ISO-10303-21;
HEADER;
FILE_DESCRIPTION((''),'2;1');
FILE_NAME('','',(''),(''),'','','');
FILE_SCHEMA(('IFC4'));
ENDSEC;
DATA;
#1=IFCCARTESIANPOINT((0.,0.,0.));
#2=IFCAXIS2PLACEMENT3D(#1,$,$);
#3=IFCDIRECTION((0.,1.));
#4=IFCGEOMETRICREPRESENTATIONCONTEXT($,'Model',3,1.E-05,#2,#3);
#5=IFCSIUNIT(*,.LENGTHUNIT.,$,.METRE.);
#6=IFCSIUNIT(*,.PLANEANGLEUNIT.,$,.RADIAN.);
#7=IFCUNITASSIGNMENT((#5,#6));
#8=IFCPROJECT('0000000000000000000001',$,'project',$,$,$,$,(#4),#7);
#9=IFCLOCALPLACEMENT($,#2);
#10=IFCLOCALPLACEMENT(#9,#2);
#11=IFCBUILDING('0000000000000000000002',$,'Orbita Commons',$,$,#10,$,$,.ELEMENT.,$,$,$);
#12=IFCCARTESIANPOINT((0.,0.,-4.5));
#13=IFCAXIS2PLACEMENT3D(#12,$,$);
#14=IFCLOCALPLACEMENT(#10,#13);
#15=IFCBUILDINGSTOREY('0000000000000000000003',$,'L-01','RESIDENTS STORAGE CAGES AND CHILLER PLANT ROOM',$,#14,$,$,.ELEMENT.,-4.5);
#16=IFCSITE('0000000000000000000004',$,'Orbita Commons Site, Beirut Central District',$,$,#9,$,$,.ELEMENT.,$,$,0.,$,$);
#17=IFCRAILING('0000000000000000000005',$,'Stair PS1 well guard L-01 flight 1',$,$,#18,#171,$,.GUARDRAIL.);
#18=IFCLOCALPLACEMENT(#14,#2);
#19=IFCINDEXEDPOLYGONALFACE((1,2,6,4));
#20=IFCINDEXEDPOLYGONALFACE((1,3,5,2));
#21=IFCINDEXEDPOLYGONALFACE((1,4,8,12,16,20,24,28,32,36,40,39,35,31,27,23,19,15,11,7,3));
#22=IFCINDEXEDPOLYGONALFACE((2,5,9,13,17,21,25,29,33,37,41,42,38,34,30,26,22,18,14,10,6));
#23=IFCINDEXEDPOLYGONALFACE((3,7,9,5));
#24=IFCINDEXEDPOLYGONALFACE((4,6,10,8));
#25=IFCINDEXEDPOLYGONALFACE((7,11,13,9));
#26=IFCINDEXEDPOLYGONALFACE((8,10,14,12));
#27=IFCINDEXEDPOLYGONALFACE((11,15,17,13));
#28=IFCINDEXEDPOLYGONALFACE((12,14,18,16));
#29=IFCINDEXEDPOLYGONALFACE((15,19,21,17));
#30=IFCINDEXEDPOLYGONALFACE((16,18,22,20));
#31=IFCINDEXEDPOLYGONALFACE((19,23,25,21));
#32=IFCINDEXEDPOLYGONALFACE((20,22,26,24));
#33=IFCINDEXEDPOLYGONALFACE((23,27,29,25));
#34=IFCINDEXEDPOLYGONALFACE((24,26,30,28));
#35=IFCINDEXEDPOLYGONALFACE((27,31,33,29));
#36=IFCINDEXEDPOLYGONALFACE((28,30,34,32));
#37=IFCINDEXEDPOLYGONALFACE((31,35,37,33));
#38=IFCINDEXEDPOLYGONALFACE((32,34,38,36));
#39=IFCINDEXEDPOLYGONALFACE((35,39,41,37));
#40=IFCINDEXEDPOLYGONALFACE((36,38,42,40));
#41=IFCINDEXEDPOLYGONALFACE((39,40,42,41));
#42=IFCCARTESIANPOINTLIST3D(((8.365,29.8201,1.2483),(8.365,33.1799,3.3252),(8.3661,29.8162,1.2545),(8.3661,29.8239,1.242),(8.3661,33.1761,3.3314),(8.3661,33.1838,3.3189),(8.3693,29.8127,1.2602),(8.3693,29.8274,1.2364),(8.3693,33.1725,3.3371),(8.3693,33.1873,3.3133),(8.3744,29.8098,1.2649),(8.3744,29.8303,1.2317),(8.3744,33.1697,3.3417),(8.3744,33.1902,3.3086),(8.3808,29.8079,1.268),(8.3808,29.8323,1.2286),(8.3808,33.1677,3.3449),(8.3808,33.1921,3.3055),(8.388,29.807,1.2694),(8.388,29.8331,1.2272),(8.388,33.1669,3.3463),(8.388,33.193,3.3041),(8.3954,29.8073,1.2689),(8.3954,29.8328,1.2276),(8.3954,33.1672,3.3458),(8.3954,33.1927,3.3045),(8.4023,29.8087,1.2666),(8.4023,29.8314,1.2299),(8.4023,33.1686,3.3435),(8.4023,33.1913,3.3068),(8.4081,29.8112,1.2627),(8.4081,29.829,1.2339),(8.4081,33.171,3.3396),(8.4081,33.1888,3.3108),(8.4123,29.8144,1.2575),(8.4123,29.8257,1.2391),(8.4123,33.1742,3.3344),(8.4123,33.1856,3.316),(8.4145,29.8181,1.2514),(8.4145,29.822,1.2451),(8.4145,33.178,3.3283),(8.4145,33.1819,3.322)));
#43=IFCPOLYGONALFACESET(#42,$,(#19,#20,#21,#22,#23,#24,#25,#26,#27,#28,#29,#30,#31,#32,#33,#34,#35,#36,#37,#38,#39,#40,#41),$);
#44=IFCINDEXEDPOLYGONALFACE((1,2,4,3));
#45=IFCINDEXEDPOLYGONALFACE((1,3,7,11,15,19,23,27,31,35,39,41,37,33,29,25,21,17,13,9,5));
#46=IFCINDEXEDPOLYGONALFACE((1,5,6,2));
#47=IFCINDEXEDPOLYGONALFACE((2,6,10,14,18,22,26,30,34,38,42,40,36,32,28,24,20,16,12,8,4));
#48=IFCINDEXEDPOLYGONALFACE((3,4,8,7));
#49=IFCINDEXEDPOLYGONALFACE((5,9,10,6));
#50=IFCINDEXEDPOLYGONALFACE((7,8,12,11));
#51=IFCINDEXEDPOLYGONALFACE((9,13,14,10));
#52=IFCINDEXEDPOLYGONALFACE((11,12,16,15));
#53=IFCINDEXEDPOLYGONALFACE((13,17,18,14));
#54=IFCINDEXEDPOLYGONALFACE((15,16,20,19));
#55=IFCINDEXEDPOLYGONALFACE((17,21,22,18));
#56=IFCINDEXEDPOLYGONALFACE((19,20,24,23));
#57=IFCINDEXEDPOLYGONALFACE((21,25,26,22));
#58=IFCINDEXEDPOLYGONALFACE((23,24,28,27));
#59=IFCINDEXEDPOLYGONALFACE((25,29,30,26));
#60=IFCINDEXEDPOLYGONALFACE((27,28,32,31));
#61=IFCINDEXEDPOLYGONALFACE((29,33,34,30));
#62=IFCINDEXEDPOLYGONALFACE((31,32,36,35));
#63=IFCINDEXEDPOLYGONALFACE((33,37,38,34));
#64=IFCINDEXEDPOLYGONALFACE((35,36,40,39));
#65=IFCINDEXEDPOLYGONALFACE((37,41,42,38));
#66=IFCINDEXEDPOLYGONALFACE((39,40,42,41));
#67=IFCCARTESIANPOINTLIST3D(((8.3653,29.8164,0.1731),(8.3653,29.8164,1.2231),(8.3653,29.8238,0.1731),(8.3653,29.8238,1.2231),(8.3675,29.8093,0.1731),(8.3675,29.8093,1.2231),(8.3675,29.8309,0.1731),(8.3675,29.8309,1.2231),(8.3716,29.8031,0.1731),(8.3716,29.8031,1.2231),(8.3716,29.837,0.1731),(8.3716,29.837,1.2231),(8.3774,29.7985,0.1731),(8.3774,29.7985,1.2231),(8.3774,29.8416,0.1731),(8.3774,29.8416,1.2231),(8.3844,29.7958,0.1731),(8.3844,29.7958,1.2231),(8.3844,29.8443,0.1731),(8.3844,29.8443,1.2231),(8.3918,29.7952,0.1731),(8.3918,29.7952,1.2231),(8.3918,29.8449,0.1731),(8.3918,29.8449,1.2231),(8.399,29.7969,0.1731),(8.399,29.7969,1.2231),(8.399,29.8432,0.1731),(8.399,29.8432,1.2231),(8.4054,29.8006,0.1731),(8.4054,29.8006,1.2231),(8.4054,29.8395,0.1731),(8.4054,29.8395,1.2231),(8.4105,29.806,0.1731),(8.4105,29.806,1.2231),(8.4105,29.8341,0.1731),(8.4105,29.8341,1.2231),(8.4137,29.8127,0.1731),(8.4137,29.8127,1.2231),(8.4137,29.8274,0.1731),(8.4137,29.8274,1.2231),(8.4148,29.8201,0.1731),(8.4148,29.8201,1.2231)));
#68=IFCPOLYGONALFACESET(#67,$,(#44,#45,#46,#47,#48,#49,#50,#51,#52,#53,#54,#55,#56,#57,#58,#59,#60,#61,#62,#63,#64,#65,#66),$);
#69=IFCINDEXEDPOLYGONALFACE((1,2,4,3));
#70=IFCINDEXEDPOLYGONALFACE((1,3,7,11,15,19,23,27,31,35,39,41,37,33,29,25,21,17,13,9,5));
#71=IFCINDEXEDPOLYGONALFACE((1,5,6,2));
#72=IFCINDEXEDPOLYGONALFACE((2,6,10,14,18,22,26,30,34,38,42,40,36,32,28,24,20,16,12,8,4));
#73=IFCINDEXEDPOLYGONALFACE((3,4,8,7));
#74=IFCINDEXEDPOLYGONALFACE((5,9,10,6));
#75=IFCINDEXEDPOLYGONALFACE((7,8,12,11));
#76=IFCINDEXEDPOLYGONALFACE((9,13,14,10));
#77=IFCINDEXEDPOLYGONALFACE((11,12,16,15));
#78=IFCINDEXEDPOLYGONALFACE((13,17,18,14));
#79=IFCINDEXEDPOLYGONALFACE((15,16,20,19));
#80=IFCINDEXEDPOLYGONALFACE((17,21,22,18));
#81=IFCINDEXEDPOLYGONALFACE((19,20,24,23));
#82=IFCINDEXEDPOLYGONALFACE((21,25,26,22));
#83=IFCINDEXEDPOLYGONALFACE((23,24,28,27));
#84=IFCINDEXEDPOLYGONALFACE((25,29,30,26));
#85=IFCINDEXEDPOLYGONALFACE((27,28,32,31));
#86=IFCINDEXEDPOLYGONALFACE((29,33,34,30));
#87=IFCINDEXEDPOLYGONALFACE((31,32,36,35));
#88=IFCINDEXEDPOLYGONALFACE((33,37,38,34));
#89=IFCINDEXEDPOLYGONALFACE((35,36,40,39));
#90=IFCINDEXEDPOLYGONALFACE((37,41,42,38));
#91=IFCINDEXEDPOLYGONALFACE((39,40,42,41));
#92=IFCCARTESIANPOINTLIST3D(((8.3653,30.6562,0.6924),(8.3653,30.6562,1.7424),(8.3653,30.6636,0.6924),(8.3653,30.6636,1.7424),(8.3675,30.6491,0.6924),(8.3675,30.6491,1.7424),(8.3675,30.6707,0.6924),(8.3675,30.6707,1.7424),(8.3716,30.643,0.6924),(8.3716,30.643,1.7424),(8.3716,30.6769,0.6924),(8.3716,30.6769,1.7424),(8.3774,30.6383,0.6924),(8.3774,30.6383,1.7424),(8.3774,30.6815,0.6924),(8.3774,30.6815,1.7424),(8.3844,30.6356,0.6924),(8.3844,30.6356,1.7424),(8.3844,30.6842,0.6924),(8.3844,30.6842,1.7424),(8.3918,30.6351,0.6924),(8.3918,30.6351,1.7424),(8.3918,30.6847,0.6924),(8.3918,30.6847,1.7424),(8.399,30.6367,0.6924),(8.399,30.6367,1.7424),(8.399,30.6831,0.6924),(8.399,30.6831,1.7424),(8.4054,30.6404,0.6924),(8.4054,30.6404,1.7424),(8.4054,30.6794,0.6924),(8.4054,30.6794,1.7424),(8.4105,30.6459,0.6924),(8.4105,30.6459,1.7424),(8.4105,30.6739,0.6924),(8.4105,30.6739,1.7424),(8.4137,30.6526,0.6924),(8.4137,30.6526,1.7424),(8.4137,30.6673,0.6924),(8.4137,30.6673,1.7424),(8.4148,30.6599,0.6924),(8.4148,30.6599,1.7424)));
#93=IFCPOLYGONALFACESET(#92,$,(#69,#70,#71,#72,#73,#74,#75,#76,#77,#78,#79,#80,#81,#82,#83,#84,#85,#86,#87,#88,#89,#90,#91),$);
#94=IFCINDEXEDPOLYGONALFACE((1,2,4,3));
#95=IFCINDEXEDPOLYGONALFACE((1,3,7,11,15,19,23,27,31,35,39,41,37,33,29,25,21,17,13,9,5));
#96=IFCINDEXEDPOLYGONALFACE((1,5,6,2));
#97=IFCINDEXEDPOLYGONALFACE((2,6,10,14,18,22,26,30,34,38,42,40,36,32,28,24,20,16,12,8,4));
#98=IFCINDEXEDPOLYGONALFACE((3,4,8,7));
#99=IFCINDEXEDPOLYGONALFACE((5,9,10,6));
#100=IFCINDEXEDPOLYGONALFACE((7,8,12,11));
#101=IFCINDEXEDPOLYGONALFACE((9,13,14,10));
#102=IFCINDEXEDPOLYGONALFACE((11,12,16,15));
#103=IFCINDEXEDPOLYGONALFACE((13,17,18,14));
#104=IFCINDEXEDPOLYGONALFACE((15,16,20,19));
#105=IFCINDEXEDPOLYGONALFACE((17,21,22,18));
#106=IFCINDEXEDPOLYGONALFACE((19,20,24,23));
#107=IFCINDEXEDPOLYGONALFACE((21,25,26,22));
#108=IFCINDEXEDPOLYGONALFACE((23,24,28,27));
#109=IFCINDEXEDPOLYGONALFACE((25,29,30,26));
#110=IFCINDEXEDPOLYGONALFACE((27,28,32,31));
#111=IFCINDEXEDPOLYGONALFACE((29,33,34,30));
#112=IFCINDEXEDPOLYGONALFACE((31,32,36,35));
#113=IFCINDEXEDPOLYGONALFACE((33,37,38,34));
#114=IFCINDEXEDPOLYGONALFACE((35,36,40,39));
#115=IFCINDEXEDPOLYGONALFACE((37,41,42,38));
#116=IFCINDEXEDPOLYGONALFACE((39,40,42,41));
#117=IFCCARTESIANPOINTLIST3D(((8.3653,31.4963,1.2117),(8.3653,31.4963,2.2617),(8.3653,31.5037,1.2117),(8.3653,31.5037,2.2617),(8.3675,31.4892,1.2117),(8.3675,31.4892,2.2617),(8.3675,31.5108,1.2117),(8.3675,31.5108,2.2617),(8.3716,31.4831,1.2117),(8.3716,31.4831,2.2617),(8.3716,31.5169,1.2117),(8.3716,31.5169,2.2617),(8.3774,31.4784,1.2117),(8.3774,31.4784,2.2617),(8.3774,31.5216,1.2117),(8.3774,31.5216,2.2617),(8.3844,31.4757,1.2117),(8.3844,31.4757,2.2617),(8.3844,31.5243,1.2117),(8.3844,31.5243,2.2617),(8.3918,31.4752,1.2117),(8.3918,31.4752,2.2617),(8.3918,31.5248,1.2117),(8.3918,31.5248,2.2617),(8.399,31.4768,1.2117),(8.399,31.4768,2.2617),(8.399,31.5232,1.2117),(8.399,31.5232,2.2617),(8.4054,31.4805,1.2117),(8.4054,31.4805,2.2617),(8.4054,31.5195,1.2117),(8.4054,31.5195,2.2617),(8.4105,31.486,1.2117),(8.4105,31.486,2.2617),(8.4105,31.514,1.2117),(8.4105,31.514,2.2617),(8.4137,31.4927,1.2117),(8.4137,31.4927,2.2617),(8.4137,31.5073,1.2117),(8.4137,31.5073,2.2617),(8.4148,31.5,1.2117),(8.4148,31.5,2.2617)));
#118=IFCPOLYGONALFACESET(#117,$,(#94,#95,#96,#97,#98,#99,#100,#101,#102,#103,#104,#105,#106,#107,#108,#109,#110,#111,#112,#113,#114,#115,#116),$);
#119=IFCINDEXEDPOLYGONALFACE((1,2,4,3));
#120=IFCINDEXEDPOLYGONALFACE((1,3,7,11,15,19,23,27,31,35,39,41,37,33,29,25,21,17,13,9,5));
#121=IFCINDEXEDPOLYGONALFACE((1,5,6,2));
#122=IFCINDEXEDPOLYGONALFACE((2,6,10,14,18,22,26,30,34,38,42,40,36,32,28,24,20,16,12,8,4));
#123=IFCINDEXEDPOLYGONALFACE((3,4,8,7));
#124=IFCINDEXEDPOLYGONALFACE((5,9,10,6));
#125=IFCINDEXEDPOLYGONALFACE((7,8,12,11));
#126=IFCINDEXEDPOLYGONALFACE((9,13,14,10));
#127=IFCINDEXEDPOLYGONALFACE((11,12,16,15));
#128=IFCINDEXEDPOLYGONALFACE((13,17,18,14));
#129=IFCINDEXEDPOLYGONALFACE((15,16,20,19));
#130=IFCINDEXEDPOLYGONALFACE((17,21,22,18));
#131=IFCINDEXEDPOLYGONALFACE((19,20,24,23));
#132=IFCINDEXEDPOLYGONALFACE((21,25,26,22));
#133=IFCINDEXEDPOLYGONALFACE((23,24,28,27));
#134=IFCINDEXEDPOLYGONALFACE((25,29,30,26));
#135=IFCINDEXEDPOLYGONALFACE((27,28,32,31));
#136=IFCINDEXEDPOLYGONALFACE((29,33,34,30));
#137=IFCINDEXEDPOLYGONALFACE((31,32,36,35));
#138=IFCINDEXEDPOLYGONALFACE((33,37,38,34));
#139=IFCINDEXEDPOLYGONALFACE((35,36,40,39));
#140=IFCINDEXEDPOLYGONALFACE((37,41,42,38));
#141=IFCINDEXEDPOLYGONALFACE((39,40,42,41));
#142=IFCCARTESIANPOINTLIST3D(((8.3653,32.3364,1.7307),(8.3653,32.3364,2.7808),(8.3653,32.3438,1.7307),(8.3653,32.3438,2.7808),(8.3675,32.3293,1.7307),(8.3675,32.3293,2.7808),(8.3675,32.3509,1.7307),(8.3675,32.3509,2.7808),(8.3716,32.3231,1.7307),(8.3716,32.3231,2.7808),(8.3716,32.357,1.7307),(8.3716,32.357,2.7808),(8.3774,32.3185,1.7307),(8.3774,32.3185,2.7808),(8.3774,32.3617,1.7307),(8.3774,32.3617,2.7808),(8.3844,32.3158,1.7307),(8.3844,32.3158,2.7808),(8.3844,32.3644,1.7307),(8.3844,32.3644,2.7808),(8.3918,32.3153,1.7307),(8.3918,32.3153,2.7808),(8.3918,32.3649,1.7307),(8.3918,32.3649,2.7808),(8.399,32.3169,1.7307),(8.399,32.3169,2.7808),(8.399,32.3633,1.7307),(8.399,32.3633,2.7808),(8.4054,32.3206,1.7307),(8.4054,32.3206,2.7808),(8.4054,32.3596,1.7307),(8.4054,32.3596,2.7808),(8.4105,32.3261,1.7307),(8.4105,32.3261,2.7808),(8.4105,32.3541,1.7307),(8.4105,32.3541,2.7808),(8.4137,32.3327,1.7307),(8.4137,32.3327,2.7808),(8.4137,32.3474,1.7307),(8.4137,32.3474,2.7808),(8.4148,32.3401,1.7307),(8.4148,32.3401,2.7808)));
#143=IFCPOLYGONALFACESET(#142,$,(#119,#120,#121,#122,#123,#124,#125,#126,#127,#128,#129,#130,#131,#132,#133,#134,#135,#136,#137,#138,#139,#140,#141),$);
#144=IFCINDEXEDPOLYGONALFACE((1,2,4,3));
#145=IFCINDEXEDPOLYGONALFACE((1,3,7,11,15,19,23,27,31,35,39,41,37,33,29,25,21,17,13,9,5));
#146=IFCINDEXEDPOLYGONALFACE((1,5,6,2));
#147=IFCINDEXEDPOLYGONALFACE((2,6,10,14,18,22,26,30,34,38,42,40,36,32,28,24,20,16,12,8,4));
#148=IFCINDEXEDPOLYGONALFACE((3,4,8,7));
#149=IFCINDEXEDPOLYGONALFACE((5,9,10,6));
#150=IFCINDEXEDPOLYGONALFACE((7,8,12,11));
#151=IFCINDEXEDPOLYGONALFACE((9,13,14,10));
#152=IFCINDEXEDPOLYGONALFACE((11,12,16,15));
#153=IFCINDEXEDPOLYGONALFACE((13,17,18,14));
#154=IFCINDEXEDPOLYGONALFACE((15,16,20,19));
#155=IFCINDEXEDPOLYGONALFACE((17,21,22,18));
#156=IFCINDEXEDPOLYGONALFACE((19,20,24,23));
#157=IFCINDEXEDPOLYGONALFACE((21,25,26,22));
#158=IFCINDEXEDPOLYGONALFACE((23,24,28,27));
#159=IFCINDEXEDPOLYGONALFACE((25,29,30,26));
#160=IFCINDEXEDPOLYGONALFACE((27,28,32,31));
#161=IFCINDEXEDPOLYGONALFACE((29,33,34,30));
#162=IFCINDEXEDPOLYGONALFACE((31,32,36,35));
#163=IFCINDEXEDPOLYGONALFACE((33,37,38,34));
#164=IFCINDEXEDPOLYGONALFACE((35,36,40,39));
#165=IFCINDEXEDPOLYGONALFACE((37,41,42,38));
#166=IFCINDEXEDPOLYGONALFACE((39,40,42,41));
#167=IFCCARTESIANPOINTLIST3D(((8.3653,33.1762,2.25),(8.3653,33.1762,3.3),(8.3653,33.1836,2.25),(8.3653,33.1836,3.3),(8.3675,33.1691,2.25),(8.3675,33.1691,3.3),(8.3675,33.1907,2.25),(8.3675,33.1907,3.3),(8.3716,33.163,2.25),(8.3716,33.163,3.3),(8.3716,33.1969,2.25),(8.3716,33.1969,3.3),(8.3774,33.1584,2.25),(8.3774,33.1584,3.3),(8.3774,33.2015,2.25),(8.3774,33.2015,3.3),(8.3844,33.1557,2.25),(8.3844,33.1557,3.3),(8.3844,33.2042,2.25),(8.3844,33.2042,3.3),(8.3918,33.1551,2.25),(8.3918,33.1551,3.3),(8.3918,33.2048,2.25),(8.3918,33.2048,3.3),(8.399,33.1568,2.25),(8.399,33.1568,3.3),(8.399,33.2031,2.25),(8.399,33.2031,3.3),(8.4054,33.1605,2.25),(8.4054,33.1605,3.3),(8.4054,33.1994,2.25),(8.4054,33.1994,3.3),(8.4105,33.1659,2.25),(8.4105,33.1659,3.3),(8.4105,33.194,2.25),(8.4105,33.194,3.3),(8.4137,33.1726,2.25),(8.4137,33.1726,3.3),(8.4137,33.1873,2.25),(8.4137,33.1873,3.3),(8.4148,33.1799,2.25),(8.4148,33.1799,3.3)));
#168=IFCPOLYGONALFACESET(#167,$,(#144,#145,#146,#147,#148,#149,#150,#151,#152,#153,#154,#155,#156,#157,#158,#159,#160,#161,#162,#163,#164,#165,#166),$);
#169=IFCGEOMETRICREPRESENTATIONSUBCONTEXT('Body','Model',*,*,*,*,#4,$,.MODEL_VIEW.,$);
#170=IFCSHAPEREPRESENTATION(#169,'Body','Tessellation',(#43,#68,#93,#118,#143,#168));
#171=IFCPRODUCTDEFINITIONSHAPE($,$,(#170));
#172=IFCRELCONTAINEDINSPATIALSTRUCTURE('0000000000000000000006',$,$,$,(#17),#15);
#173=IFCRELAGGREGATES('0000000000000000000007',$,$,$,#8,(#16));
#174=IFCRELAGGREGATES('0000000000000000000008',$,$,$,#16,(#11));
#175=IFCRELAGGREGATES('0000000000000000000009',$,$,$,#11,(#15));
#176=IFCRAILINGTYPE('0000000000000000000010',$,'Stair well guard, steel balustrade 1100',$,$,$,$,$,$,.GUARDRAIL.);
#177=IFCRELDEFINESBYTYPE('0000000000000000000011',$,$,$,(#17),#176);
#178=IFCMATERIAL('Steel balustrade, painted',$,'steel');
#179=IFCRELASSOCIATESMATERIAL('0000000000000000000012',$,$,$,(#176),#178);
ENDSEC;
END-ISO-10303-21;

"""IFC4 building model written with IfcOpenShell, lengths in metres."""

from ifc_helpers import new_model, si_unit, direction, frame, origin, origin_2d, place, context, subcontext, project, spatial, circle, extrude, material, type_object, element, save


model = new_model("IFC4")

# Units and contexts
model_context = context("Model", 3, precision=1e-05, world=origin(), true_north=direction((0.0, 1.0)))
body_context = subcontext(model_context, "Body", "Model", "MODEL_VIEW")
ifc_project = project(units=[si_unit("LENGTHUNIT", "METRE"), si_unit("PLANEANGLEUNIT", "RADIAN")], contexts=[model_context])

# Site, building, storey
site_placement = place(None, origin())
site = spatial("IfcSite", under=ifc_project, at=site_placement, Name="Orbita Commons Site, Beirut Central District", CompositionType="ELEMENT", RefElevation=0.0)
building_placement = place(site_placement, origin())
building = spatial("IfcBuilding", under=site, at=building_placement, Name="Orbita Commons", CompositionType="ELEMENT")
storey_placement = place(building_placement, frame((0.0, 0.0, -4.5)))
storey = spatial("IfcBuildingStorey", under=building, at=storey_placement, Name="L-01", Description="RESIDENTS STORAGE CAGES AND CHILLER PLANT ROOM", CompositionType="ELEMENT", Elevation=-4.5)

# Railing
ifc_material_1 = material(Name="Steel balustrade, painted", Category="steel")
railing_type_1 = type_object("IfcRailingType", Name="Stair well guard, steel balustrade 1100", PredefinedType="GUARDRAIL", material=ifc_material_1)
railing_1_placement = place(storey_placement, frame((8.3899, 29.8201, 0.1731)))
element("IfcRailing", 1, at=railing_1_placement, inside=storey, type_object=railing_type_1, Name="Stair PS1 well guard L-01 flight 1", PredefinedType="GUARDRAIL", context=body_context, shape_type="SweptSolid", body=[
    extrude(circle(Radius=0.0249, at=origin_2d()), frame((0.0, 0.0, 1.0752), z_axis=(0.0, 0.850606, 0.525803), x_axis=(-1.0, 0.0, 0.0)), (0.0, 0.0, 1.0), 3.95),
    extrude(circle(Radius=0.0249, at=origin_2d()), origin(), (0.0, 0.0, 1.0), 1.05),
    extrude(circle(Radius=0.0249, at=origin_2d()), frame((0.0, 0.8398, 0.5193)), (0.0, 0.0, 1.0), 1.05),
    extrude(circle(Radius=0.0249, at=origin_2d()), frame((0.0, 1.6799, 1.0386)), (0.0, 0.0, 1.0), 1.05),
    extrude(circle(Radius=0.0249, at=origin_2d()), frame((0.0, 2.52, 1.5576)), (0.0, 0.0, 1.0), 1.05),
    extrude(circle(Radius=0.0249, at=origin_2d()), frame((0.0, 3.3599, 2.0769)), (0.0, 0.0, 1.0), 1.05),
])

save(model, "model.ifc")
